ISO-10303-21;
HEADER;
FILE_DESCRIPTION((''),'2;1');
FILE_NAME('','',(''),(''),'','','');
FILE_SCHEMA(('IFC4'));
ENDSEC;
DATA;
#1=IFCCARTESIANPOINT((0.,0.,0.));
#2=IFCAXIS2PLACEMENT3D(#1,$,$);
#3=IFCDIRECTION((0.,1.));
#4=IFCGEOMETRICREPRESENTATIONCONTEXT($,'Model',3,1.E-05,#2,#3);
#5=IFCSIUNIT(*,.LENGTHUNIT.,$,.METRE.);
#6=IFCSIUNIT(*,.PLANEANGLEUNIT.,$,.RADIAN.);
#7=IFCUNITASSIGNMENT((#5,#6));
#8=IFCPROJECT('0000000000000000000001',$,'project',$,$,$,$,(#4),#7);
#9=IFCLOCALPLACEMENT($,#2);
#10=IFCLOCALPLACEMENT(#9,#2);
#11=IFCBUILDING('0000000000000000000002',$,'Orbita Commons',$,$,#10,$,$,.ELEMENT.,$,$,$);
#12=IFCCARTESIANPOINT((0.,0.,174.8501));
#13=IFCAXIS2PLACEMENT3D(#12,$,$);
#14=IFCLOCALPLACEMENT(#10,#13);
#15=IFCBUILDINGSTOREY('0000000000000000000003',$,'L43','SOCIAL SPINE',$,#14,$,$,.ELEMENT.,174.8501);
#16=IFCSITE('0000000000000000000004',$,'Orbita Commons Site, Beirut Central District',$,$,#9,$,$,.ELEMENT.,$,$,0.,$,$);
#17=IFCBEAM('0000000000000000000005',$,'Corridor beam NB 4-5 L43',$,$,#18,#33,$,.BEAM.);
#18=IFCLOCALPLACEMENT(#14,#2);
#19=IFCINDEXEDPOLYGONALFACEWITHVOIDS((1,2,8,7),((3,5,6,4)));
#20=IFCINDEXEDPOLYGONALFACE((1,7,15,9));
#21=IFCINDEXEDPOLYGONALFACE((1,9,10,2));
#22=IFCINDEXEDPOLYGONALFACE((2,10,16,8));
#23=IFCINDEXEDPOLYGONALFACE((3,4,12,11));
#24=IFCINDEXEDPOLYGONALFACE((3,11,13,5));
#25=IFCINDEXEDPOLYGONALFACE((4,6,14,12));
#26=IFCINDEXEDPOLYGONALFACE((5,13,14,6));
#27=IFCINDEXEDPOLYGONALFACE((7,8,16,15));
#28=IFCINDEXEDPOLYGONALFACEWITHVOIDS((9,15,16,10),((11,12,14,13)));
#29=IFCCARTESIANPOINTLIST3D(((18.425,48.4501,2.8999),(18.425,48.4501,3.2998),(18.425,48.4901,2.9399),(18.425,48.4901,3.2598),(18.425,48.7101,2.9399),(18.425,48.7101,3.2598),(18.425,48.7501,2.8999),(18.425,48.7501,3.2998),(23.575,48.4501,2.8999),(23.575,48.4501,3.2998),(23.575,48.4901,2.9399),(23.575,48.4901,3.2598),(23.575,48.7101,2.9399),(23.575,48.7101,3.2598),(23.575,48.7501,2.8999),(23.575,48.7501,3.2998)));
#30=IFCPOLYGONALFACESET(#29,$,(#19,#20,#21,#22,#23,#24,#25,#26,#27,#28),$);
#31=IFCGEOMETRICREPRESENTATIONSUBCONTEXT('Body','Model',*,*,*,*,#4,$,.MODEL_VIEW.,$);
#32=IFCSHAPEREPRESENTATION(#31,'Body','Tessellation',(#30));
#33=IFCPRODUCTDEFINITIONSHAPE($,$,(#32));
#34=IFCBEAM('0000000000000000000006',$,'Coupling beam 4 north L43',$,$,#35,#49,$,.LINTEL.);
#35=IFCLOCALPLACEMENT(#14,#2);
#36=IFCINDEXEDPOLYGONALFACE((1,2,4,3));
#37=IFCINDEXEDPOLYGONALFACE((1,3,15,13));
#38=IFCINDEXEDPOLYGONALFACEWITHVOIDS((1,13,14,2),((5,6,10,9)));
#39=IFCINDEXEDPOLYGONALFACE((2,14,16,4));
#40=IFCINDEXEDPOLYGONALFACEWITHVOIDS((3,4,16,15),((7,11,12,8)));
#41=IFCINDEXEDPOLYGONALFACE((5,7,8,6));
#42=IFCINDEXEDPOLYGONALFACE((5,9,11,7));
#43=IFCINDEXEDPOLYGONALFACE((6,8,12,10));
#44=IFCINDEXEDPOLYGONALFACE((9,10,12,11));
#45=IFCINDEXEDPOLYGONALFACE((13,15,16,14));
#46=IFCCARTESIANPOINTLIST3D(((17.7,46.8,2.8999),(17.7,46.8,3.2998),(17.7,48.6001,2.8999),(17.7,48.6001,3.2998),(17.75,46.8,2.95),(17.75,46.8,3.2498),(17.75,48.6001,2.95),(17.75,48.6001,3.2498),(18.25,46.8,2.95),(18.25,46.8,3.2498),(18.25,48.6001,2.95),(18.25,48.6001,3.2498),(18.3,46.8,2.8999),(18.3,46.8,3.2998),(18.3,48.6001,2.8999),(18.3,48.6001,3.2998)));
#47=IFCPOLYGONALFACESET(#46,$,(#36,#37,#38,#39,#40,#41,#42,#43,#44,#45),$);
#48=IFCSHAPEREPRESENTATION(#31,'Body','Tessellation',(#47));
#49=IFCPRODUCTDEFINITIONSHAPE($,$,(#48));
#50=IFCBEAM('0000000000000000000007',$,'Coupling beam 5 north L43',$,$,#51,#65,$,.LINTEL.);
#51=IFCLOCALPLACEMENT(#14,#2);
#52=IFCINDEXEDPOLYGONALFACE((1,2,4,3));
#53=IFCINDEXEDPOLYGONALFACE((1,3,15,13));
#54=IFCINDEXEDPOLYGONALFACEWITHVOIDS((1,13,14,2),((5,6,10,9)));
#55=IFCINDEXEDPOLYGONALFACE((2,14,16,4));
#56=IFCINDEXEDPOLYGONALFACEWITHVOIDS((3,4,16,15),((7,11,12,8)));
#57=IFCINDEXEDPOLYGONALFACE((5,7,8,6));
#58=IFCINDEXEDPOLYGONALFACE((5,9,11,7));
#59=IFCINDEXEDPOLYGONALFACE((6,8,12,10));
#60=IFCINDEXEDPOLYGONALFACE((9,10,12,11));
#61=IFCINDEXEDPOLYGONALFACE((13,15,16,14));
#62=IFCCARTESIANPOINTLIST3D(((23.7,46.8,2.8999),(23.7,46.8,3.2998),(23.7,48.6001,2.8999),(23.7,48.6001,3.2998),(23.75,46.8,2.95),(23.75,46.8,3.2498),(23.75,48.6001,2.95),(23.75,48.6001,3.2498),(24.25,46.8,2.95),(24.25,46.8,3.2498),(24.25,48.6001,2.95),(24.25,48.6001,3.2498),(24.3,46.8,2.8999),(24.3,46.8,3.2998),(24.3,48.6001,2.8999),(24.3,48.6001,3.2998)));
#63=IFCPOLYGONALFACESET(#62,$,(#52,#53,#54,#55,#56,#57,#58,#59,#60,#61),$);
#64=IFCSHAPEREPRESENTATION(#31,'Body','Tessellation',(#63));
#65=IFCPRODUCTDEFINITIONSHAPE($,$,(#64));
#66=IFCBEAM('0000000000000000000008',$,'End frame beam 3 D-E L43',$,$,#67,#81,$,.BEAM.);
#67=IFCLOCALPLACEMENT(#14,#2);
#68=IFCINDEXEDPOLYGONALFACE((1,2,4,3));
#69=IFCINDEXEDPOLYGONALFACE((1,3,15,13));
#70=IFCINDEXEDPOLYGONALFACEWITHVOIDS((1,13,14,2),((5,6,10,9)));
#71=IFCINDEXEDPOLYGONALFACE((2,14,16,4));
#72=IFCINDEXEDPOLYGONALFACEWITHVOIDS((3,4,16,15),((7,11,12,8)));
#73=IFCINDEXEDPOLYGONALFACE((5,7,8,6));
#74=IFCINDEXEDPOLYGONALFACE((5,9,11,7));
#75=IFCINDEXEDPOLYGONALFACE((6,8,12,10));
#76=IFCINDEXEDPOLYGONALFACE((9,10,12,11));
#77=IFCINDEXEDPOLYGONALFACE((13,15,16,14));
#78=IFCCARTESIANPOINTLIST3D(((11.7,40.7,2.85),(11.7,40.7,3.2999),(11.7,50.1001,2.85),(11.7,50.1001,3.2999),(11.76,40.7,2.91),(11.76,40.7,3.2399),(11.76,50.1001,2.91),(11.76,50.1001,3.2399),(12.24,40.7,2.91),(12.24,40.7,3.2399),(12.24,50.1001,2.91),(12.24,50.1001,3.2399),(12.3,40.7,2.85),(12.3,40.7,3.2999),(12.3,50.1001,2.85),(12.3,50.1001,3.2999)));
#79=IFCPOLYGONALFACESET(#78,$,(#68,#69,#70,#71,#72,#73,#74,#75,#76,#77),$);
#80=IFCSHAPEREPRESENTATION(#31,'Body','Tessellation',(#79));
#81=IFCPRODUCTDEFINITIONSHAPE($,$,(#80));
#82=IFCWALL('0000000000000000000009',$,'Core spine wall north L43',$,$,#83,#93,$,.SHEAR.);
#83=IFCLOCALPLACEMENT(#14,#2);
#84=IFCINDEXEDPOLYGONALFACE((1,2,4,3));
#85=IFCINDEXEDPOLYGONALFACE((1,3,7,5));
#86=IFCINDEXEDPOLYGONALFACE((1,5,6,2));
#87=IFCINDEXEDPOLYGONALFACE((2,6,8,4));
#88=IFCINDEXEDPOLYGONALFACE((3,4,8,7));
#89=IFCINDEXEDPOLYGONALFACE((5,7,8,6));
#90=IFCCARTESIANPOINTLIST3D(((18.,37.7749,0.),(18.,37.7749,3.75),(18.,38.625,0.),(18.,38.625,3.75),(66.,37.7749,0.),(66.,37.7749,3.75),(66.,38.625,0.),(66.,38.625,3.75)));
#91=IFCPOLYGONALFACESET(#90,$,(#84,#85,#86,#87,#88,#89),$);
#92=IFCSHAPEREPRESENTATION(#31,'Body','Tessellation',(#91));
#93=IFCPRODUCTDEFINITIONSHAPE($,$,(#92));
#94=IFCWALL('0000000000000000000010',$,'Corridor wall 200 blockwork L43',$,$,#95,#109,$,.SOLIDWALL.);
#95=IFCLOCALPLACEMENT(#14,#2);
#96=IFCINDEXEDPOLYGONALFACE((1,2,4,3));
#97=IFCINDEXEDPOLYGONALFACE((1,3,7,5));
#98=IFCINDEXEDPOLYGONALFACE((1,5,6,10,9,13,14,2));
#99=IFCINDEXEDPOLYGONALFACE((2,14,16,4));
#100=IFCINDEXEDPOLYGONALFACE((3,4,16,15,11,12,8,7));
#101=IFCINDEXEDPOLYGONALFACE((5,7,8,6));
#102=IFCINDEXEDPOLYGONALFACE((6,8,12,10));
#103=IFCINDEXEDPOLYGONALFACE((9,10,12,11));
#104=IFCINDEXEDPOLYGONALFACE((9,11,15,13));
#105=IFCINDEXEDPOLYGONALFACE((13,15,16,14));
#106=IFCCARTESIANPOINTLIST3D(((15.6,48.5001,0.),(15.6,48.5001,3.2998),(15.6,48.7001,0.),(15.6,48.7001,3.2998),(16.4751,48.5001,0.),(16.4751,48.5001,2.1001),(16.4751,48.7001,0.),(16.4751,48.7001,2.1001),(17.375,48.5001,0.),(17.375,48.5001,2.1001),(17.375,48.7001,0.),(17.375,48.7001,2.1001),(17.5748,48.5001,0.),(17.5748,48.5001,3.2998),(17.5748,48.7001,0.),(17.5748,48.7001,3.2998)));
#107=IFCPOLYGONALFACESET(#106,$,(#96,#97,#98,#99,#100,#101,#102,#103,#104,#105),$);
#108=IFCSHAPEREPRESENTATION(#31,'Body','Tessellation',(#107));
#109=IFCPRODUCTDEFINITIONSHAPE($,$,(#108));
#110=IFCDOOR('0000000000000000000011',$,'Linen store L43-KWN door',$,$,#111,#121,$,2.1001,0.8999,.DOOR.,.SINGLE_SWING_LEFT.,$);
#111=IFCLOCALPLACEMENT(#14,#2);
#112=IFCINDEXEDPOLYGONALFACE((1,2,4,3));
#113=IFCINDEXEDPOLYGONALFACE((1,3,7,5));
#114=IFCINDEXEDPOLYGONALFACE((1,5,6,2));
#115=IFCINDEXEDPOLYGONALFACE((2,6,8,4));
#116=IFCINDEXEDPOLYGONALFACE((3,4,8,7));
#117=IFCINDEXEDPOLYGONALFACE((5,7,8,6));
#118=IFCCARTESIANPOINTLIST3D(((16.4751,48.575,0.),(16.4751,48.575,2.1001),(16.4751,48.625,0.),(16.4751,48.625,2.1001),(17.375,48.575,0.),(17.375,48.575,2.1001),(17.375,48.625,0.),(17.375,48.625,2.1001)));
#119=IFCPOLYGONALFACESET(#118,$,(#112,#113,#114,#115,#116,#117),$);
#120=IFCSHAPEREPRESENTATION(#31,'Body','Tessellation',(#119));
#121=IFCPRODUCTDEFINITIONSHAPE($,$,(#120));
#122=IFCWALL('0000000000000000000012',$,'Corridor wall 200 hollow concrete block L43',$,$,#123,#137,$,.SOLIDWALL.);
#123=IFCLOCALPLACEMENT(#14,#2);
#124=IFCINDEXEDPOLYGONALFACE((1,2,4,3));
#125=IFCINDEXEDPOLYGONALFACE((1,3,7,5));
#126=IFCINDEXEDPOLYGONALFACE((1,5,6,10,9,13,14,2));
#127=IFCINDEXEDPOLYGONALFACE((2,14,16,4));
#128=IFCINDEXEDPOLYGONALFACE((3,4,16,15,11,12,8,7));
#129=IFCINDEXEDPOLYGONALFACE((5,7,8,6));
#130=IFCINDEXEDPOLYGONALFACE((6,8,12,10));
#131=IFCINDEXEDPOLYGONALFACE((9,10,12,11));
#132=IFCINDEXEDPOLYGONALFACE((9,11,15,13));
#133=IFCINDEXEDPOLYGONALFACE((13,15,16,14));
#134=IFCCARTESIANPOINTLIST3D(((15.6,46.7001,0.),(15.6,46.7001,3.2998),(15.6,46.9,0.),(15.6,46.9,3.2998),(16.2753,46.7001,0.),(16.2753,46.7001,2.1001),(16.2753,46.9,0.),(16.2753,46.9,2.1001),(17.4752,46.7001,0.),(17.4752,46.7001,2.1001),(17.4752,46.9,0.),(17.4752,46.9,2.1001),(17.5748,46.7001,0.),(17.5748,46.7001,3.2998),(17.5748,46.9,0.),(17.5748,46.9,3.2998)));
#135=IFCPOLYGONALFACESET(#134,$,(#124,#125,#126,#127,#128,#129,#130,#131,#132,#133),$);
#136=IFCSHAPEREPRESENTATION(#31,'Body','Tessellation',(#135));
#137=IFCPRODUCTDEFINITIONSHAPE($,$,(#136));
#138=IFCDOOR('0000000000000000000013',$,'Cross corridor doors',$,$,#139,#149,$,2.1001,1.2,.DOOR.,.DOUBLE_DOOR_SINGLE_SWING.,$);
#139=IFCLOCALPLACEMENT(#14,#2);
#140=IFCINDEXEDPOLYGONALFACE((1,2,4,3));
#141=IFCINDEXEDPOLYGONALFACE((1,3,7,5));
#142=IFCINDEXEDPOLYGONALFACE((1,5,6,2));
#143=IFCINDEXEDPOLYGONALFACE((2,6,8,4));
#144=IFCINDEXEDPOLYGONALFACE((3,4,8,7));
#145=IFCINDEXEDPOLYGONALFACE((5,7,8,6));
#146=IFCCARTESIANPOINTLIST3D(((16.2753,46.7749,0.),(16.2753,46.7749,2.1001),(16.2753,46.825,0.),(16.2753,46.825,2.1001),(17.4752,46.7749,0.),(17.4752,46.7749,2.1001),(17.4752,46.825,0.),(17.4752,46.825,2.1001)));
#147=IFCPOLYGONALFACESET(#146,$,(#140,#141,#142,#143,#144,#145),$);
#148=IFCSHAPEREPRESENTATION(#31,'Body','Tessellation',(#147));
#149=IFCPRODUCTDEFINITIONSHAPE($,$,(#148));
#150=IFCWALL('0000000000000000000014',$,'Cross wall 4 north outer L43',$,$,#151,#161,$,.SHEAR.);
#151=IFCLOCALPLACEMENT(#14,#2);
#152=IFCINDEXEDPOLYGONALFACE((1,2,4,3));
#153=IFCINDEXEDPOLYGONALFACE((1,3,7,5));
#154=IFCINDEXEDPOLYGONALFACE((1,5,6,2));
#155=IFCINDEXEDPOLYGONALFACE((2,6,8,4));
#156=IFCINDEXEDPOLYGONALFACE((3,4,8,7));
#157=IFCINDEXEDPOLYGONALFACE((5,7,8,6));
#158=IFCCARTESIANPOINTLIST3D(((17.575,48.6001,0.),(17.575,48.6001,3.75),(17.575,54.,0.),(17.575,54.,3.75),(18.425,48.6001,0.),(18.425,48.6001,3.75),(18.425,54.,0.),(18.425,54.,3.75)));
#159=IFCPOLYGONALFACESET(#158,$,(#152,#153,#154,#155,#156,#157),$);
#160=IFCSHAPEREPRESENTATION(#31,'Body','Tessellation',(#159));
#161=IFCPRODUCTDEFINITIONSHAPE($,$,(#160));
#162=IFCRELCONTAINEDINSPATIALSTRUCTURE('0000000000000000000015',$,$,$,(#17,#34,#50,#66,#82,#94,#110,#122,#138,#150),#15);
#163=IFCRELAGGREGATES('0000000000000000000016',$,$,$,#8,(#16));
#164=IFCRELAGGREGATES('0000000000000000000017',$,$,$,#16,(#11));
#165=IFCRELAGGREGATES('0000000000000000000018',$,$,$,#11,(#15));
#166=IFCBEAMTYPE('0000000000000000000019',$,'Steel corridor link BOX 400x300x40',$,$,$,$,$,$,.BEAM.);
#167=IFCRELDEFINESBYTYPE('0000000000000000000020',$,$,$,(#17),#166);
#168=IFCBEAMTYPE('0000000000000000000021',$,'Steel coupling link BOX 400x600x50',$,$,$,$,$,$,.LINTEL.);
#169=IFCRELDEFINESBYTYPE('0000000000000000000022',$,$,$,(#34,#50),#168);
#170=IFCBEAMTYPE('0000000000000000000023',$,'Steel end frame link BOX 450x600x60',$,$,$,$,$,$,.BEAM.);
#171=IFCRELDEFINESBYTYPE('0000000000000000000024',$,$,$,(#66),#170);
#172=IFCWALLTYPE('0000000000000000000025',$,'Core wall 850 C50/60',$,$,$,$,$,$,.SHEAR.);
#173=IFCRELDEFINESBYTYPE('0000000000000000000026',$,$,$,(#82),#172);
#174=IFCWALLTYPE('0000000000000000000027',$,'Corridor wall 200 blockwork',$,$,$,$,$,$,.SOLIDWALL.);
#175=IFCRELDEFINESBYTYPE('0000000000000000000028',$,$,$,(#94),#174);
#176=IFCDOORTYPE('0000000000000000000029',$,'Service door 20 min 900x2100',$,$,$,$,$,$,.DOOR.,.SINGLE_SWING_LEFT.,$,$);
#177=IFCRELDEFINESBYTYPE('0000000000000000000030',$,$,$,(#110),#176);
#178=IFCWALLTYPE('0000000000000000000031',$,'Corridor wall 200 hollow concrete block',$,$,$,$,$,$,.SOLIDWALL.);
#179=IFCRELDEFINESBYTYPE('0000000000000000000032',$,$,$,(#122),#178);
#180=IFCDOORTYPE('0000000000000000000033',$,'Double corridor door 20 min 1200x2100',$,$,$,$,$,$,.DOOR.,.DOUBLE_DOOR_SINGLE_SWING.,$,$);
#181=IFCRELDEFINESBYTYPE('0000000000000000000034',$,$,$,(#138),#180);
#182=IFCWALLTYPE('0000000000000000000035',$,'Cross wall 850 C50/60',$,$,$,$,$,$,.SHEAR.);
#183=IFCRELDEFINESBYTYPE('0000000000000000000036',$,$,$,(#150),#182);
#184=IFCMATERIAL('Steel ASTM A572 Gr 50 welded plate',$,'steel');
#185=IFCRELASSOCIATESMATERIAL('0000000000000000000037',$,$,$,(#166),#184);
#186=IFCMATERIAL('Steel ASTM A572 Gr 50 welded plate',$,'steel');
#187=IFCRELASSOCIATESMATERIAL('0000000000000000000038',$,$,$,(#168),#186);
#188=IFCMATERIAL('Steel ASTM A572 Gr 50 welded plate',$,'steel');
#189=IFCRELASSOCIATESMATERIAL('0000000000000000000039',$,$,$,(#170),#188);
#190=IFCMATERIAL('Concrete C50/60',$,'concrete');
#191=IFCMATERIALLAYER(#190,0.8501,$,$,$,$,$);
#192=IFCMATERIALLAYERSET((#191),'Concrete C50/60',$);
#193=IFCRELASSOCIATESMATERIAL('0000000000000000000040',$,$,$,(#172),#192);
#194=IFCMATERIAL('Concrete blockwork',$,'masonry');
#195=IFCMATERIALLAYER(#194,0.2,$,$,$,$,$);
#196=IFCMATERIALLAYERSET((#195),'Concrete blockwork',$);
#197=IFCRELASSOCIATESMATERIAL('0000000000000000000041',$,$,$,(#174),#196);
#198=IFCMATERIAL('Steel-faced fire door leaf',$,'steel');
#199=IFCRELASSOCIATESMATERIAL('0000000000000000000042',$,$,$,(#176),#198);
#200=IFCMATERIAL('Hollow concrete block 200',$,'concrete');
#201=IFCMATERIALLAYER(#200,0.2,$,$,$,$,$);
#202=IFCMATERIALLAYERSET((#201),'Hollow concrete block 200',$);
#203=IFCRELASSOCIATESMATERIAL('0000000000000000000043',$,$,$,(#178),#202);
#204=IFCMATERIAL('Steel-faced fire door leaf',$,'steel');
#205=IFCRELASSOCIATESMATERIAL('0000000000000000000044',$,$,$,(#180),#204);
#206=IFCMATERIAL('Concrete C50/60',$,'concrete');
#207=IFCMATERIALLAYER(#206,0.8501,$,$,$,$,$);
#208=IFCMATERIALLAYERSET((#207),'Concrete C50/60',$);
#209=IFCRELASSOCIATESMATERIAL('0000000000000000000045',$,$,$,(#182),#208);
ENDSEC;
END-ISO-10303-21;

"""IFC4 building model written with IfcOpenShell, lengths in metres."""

from ifc_helpers import new_model, si_unit, direction, frame, frame_2d, origin, origin_2d, place, context, subcontext, project, spatial, rectangle, hollow_rectangle, extrude, material, layer, layer_set, material_profile, profile_set, type_object, element, fill, save


model = new_model("IFC4")

# Units and contexts
model_context = context("Model", 3, precision=1e-05, world=origin(), true_north=direction((0.0, 1.0)))
body_context = subcontext(model_context, "Body", "Model", "MODEL_VIEW")
ifc_project = project(units=[si_unit("LENGTHUNIT", "METRE"), si_unit("PLANEANGLEUNIT", "RADIAN")], contexts=[model_context])

# Site, building, storey
site_placement = place(None, origin())
site = spatial("IfcSite", under=ifc_project, at=site_placement, Name="Orbita Commons Site, Beirut Central District", CompositionType="ELEMENT", RefElevation=0.0)
building_placement = place(site_placement, origin())
building = spatial("IfcBuilding", under=site, at=building_placement, Name="Orbita Commons", CompositionType="ELEMENT")
storey_placement = place(building_placement, frame((0.0, 0.0, 174.8501)))
storey = spatial("IfcBuildingStorey", under=building, at=storey_placement, Name="L43", Description="SOCIAL SPINE", CompositionType="ELEMENT", Elevation=174.8501)

# Beams
ifc_material_1 = material(Name="Steel ASTM A572 Gr 50 welded plate", Category="steel")
ifc_material_profile_1 = material_profile(ifc_material_1, hollow_rectangle(XDim=0.3, YDim=0.3999, WallThickness=0.04, at=origin_2d()), Name="BOX 400x300x40")
ifc_profile_set_1 = profile_set([ifc_material_profile_1], Name="Steel ASTM A572 Gr 50 welded plate")
beam_type_1 = type_object("IfcBeamType", Name="Steel corridor link BOX 400x300x40", PredefinedType="BEAM", material=ifc_profile_set_1)
beam_1_placement = place(storey_placement, frame((18.425, 48.6001, 3.0999), z_axis=(1.0, 0.0, 0.0), x_axis=(0.0, 1.0, 0.0)))
element("IfcBeam", 1, at=beam_1_placement, inside=storey, type_object=beam_type_1, Name="Corridor beam NB 4-5 L43", PredefinedType="BEAM", context=body_context, shape_type="SweptSolid", body=[
    extrude(hollow_rectangle(XDim=0.3, YDim=0.3999, WallThickness=0.04, at=origin_2d()), origin(), (0.0, 0.0, 1.0), 5.1499),
])
ifc_material_2 = material(Name="Steel ASTM A572 Gr 50 welded plate", Category="steel")
ifc_material_profile_2 = material_profile(ifc_material_2, hollow_rectangle(XDim=0.6001, YDim=0.3999, WallThickness=0.05, at=origin_2d()), Name="BOX 400x600x50")
ifc_profile_set_2 = profile_set([ifc_material_profile_2], Name="Steel ASTM A572 Gr 50 welded plate")
beam_type_2 = type_object("IfcBeamType", Name="Steel coupling link BOX 400x600x50", PredefinedType="LINTEL", material=ifc_profile_set_2)
for number, where, z_axis, x_axis, name in (
    (2, (18.0, 46.8, 3.0999), (0.0, 1.0, 0.0), (-1.0, 0.0, 0.0), "Coupling beam 4 north L43"),
    (3, (24.0, 46.8, 3.0999), (0.0, 1.0, 0.0), (-1.0, 0.0, 0.0), "Coupling beam 5 north L43"),
):
    element("IfcBeam", number, at=place(storey_placement, frame(where, z_axis=z_axis, x_axis=x_axis)), inside=storey, type_object=beam_type_2, Name=name, PredefinedType="LINTEL", context=body_context, shape_type="SweptSolid", body=[
        extrude(hollow_rectangle(XDim=0.6001, YDim=0.3999, WallThickness=0.05, at=origin_2d()), origin(), (0.0, 0.0, 1.0), 1.8),
    ])
ifc_material_3 = material(Name="Steel ASTM A572 Gr 50 welded plate", Category="steel")
ifc_material_profile_3 = material_profile(ifc_material_3, hollow_rectangle(XDim=0.6001, YDim=0.45, WallThickness=0.0601, at=origin_2d()), Name="BOX 450x600x60")
ifc_profile_set_3 = profile_set([ifc_material_profile_3], Name="Steel ASTM A572 Gr 50 welded plate")
beam_type_3 = type_object("IfcBeamType", Name="Steel end frame link BOX 450x600x60", PredefinedType="BEAM", material=ifc_profile_set_3)
beam_2_placement = place(storey_placement, frame((12.0, 40.7, 3.075), z_axis=(0.0, 1.0, 0.0), x_axis=(-1.0, 0.0, 0.0)))
element("IfcBeam", 4, at=beam_2_placement, inside=storey, type_object=beam_type_3, Name="End frame beam 3 D-E L43", PredefinedType="BEAM", context=body_context, shape_type="SweptSolid", body=[
    extrude(hollow_rectangle(XDim=0.6001, YDim=0.45, WallThickness=0.0601, at=origin_2d()), origin(), (0.0, 0.0, 1.0), 9.4001),
])

# Wall
ifc_material_4 = material(Name="Concrete C50/60", Category="concrete")
ifc_layer_1 = layer(ifc_material_4, 0.8501)
ifc_layer_set_1 = layer_set([ifc_layer_1], Name="Concrete C50/60")
wall_type_1 = type_object("IfcWallType", Name="Core wall 850 C50/60", PredefinedType="SHEAR", material=ifc_layer_set_1)
wall_1_placement = place(storey_placement, frame((18.0, 38.2, 0.0), z_axis=(0.0, 0.0, 1.0), x_axis=(1.0, 0.0, 0.0)))
element("IfcWall", 5, at=wall_1_placement, inside=storey, type_object=wall_type_1, Name="Core spine wall north L43", PredefinedType="SHEAR", context=body_context, shape_type="SweptSolid", body=[
    extrude(rectangle(XDim=48.0, YDim=0.8501, at=frame_2d((24.0, 0.0))), origin(), (0.0, 0.0, 1.0), 3.75),
])

# Walls, openings, doors
ifc_material_5 = material(Name="Concrete blockwork", Category="masonry")
ifc_layer_2 = layer(ifc_material_5, 0.2)
ifc_layer_set_2 = layer_set([ifc_layer_2], Name="Concrete blockwork")
wall_type_2 = type_object("IfcWallType", Name="Corridor wall 200 blockwork", PredefinedType="SOLIDWALL", material=ifc_layer_set_2)
wall_2_placement = place(storey_placement, frame((15.6001, 48.6001, 0.0), z_axis=(0.0, 0.0, 1.0), x_axis=(1.0, 0.0, 0.0)))
wall_2 = element("IfcWall", 6, at=wall_2_placement, inside=storey, type_object=wall_type_2, Name="Corridor wall 200 blockwork L43", PredefinedType="SOLIDWALL", context=body_context, shape_type="SweptSolid", body=[
    extrude(rectangle(XDim=1.9749, YDim=0.2, at=frame_2d((0.9873, 0.0))), origin(), (0.0, 0.0, 1.0), 3.2998),
])
opening_1_placement = place(wall_2_placement, frame((0.875, 0.0, 0.0)))
opening_1 = element("IfcOpeningElement", 7, at=opening_1_placement, cuts=wall_2, PredefinedType="OPENING", context=body_context, shape_type="SweptSolid", body=[
    extrude(rectangle(XDim=0.8999, YDim=2.1001, at=frame_2d((0.45, 1.05))), frame((0.0, 0.1099, 0.0), z_axis=(0.0, -1.0, 0.0), x_axis=(1.0, 0.0, 0.0)), (0.0, 0.0, 1.0), 0.22),
])
ifc_material_6 = material(Name="Steel-faced fire door leaf", Category="steel")
door_type_1 = type_object("IfcDoorType", Name="Service door 20 min 900x2100", OperationType="SINGLE_SWING_LEFT", PredefinedType="DOOR", material=ifc_material_6)
door_1_placement = place(opening_1_placement, origin())
door_1 = element("IfcDoor", 8, at=door_1_placement, inside=storey, type_object=door_type_1, Name="Linen store L43-KWN door", OperationType="SINGLE_SWING_LEFT", OverallHeight=2.1001, OverallWidth=0.8999, PredefinedType="DOOR", context=body_context, shape_type="SweptSolid", body=[
    extrude(rectangle(XDim=0.8999, YDim=2.1001, at=frame_2d((0.45, 1.05))), frame((0.0, 0.0249, 0.0), z_axis=(0.0, -1.0, 0.0), x_axis=(1.0, 0.0, 0.0)), (0.0, 0.0, 1.0), 0.05),
])
fill(opening_1, door_1)
ifc_material_7 = material(Name="Hollow concrete block 200", Category="concrete")
ifc_layer_3 = layer(ifc_material_7, 0.2)
ifc_layer_set_3 = layer_set([ifc_layer_3], Name="Hollow concrete block 200")
wall_type_3 = type_object("IfcWallType", Name="Corridor wall 200 hollow concrete block", PredefinedType="SOLIDWALL", material=ifc_layer_set_3)
wall_3_placement = place(storey_placement, frame((15.6001, 46.8, 0.0), z_axis=(0.0, 0.0, 1.0), x_axis=(1.0, 0.0, 0.0)))
wall_3 = element("IfcWall", 9, at=wall_3_placement, inside=storey, type_object=wall_type_3, Name="Corridor wall 200 hollow concrete block L43", PredefinedType="SOLIDWALL", context=body_context, shape_type="SweptSolid", body=[
    extrude(rectangle(XDim=1.9749, YDim=0.2, at=frame_2d((0.9873, 0.0))), origin(), (0.0, 0.0, 1.0), 3.2998),
])
opening_2_placement = place(wall_3_placement, frame((0.675, 0.0, 0.0)))
opening_2 = element("IfcOpeningElement", 10, at=opening_2_placement, cuts=wall_3, PredefinedType="OPENING", context=body_context, shape_type="SweptSolid", body=[
    extrude(rectangle(XDim=1.2, YDim=2.1001, at=frame_2d((0.6001, 1.05))), frame((0.0, 0.1099, 0.0), z_axis=(0.0, -1.0, 0.0), x_axis=(1.0, 0.0, 0.0)), (0.0, 0.0, 1.0), 0.22),
])
ifc_material_8 = material(Name="Steel-faced fire door leaf", Category="steel")
door_type_2 = type_object("IfcDoorType", Name="Double corridor door 20 min 1200x2100", OperationType="DOUBLE_DOOR_SINGLE_SWING", PredefinedType="DOOR", material=ifc_material_8)
door_2_placement = place(opening_2_placement, origin())
door_2 = element("IfcDoor", 11, at=door_2_placement, inside=storey, type_object=door_type_2, Name="Cross corridor doors", OperationType="DOUBLE_DOOR_SINGLE_SWING", OverallHeight=2.1001, OverallWidth=1.2, PredefinedType="DOOR", context=body_context, shape_type="SweptSolid", body=[
    extrude(rectangle(XDim=1.2, YDim=2.1001, at=frame_2d((0.6001, 1.05))), frame((0.0, 0.0249, 0.0), z_axis=(0.0, -1.0, 0.0), x_axis=(1.0, 0.0, 0.0)), (0.0, 0.0, 1.0), 0.05),
])
fill(opening_2, door_2)

# Wall
ifc_material_9 = material(Name="Concrete C50/60", Category="concrete")
ifc_layer_4 = layer(ifc_material_9, 0.8501)
ifc_layer_set_4 = layer_set([ifc_layer_4], Name="Concrete C50/60")
wall_type_4 = type_object("IfcWallType", Name="Cross wall 850 C50/60", PredefinedType="SHEAR", material=ifc_layer_set_4)
wall_4_placement = place(storey_placement, frame((18.0, 48.6001, 0.0), z_axis=(0.0, 0.0, 1.0), x_axis=(0.0, 1.0, 0.0)))
element("IfcWall", 12, at=wall_4_placement, inside=storey, type_object=wall_type_4, Name="Cross wall 4 north outer L43", PredefinedType="SHEAR", context=body_context, shape_type="SweptSolid", body=[
    extrude(rectangle(XDim=5.3999, YDim=0.8501, at=frame_2d((2.7, 0.0))), origin(), (0.0, 0.0, 1.0), 3.75),
])

save(model, "model.ifc")
